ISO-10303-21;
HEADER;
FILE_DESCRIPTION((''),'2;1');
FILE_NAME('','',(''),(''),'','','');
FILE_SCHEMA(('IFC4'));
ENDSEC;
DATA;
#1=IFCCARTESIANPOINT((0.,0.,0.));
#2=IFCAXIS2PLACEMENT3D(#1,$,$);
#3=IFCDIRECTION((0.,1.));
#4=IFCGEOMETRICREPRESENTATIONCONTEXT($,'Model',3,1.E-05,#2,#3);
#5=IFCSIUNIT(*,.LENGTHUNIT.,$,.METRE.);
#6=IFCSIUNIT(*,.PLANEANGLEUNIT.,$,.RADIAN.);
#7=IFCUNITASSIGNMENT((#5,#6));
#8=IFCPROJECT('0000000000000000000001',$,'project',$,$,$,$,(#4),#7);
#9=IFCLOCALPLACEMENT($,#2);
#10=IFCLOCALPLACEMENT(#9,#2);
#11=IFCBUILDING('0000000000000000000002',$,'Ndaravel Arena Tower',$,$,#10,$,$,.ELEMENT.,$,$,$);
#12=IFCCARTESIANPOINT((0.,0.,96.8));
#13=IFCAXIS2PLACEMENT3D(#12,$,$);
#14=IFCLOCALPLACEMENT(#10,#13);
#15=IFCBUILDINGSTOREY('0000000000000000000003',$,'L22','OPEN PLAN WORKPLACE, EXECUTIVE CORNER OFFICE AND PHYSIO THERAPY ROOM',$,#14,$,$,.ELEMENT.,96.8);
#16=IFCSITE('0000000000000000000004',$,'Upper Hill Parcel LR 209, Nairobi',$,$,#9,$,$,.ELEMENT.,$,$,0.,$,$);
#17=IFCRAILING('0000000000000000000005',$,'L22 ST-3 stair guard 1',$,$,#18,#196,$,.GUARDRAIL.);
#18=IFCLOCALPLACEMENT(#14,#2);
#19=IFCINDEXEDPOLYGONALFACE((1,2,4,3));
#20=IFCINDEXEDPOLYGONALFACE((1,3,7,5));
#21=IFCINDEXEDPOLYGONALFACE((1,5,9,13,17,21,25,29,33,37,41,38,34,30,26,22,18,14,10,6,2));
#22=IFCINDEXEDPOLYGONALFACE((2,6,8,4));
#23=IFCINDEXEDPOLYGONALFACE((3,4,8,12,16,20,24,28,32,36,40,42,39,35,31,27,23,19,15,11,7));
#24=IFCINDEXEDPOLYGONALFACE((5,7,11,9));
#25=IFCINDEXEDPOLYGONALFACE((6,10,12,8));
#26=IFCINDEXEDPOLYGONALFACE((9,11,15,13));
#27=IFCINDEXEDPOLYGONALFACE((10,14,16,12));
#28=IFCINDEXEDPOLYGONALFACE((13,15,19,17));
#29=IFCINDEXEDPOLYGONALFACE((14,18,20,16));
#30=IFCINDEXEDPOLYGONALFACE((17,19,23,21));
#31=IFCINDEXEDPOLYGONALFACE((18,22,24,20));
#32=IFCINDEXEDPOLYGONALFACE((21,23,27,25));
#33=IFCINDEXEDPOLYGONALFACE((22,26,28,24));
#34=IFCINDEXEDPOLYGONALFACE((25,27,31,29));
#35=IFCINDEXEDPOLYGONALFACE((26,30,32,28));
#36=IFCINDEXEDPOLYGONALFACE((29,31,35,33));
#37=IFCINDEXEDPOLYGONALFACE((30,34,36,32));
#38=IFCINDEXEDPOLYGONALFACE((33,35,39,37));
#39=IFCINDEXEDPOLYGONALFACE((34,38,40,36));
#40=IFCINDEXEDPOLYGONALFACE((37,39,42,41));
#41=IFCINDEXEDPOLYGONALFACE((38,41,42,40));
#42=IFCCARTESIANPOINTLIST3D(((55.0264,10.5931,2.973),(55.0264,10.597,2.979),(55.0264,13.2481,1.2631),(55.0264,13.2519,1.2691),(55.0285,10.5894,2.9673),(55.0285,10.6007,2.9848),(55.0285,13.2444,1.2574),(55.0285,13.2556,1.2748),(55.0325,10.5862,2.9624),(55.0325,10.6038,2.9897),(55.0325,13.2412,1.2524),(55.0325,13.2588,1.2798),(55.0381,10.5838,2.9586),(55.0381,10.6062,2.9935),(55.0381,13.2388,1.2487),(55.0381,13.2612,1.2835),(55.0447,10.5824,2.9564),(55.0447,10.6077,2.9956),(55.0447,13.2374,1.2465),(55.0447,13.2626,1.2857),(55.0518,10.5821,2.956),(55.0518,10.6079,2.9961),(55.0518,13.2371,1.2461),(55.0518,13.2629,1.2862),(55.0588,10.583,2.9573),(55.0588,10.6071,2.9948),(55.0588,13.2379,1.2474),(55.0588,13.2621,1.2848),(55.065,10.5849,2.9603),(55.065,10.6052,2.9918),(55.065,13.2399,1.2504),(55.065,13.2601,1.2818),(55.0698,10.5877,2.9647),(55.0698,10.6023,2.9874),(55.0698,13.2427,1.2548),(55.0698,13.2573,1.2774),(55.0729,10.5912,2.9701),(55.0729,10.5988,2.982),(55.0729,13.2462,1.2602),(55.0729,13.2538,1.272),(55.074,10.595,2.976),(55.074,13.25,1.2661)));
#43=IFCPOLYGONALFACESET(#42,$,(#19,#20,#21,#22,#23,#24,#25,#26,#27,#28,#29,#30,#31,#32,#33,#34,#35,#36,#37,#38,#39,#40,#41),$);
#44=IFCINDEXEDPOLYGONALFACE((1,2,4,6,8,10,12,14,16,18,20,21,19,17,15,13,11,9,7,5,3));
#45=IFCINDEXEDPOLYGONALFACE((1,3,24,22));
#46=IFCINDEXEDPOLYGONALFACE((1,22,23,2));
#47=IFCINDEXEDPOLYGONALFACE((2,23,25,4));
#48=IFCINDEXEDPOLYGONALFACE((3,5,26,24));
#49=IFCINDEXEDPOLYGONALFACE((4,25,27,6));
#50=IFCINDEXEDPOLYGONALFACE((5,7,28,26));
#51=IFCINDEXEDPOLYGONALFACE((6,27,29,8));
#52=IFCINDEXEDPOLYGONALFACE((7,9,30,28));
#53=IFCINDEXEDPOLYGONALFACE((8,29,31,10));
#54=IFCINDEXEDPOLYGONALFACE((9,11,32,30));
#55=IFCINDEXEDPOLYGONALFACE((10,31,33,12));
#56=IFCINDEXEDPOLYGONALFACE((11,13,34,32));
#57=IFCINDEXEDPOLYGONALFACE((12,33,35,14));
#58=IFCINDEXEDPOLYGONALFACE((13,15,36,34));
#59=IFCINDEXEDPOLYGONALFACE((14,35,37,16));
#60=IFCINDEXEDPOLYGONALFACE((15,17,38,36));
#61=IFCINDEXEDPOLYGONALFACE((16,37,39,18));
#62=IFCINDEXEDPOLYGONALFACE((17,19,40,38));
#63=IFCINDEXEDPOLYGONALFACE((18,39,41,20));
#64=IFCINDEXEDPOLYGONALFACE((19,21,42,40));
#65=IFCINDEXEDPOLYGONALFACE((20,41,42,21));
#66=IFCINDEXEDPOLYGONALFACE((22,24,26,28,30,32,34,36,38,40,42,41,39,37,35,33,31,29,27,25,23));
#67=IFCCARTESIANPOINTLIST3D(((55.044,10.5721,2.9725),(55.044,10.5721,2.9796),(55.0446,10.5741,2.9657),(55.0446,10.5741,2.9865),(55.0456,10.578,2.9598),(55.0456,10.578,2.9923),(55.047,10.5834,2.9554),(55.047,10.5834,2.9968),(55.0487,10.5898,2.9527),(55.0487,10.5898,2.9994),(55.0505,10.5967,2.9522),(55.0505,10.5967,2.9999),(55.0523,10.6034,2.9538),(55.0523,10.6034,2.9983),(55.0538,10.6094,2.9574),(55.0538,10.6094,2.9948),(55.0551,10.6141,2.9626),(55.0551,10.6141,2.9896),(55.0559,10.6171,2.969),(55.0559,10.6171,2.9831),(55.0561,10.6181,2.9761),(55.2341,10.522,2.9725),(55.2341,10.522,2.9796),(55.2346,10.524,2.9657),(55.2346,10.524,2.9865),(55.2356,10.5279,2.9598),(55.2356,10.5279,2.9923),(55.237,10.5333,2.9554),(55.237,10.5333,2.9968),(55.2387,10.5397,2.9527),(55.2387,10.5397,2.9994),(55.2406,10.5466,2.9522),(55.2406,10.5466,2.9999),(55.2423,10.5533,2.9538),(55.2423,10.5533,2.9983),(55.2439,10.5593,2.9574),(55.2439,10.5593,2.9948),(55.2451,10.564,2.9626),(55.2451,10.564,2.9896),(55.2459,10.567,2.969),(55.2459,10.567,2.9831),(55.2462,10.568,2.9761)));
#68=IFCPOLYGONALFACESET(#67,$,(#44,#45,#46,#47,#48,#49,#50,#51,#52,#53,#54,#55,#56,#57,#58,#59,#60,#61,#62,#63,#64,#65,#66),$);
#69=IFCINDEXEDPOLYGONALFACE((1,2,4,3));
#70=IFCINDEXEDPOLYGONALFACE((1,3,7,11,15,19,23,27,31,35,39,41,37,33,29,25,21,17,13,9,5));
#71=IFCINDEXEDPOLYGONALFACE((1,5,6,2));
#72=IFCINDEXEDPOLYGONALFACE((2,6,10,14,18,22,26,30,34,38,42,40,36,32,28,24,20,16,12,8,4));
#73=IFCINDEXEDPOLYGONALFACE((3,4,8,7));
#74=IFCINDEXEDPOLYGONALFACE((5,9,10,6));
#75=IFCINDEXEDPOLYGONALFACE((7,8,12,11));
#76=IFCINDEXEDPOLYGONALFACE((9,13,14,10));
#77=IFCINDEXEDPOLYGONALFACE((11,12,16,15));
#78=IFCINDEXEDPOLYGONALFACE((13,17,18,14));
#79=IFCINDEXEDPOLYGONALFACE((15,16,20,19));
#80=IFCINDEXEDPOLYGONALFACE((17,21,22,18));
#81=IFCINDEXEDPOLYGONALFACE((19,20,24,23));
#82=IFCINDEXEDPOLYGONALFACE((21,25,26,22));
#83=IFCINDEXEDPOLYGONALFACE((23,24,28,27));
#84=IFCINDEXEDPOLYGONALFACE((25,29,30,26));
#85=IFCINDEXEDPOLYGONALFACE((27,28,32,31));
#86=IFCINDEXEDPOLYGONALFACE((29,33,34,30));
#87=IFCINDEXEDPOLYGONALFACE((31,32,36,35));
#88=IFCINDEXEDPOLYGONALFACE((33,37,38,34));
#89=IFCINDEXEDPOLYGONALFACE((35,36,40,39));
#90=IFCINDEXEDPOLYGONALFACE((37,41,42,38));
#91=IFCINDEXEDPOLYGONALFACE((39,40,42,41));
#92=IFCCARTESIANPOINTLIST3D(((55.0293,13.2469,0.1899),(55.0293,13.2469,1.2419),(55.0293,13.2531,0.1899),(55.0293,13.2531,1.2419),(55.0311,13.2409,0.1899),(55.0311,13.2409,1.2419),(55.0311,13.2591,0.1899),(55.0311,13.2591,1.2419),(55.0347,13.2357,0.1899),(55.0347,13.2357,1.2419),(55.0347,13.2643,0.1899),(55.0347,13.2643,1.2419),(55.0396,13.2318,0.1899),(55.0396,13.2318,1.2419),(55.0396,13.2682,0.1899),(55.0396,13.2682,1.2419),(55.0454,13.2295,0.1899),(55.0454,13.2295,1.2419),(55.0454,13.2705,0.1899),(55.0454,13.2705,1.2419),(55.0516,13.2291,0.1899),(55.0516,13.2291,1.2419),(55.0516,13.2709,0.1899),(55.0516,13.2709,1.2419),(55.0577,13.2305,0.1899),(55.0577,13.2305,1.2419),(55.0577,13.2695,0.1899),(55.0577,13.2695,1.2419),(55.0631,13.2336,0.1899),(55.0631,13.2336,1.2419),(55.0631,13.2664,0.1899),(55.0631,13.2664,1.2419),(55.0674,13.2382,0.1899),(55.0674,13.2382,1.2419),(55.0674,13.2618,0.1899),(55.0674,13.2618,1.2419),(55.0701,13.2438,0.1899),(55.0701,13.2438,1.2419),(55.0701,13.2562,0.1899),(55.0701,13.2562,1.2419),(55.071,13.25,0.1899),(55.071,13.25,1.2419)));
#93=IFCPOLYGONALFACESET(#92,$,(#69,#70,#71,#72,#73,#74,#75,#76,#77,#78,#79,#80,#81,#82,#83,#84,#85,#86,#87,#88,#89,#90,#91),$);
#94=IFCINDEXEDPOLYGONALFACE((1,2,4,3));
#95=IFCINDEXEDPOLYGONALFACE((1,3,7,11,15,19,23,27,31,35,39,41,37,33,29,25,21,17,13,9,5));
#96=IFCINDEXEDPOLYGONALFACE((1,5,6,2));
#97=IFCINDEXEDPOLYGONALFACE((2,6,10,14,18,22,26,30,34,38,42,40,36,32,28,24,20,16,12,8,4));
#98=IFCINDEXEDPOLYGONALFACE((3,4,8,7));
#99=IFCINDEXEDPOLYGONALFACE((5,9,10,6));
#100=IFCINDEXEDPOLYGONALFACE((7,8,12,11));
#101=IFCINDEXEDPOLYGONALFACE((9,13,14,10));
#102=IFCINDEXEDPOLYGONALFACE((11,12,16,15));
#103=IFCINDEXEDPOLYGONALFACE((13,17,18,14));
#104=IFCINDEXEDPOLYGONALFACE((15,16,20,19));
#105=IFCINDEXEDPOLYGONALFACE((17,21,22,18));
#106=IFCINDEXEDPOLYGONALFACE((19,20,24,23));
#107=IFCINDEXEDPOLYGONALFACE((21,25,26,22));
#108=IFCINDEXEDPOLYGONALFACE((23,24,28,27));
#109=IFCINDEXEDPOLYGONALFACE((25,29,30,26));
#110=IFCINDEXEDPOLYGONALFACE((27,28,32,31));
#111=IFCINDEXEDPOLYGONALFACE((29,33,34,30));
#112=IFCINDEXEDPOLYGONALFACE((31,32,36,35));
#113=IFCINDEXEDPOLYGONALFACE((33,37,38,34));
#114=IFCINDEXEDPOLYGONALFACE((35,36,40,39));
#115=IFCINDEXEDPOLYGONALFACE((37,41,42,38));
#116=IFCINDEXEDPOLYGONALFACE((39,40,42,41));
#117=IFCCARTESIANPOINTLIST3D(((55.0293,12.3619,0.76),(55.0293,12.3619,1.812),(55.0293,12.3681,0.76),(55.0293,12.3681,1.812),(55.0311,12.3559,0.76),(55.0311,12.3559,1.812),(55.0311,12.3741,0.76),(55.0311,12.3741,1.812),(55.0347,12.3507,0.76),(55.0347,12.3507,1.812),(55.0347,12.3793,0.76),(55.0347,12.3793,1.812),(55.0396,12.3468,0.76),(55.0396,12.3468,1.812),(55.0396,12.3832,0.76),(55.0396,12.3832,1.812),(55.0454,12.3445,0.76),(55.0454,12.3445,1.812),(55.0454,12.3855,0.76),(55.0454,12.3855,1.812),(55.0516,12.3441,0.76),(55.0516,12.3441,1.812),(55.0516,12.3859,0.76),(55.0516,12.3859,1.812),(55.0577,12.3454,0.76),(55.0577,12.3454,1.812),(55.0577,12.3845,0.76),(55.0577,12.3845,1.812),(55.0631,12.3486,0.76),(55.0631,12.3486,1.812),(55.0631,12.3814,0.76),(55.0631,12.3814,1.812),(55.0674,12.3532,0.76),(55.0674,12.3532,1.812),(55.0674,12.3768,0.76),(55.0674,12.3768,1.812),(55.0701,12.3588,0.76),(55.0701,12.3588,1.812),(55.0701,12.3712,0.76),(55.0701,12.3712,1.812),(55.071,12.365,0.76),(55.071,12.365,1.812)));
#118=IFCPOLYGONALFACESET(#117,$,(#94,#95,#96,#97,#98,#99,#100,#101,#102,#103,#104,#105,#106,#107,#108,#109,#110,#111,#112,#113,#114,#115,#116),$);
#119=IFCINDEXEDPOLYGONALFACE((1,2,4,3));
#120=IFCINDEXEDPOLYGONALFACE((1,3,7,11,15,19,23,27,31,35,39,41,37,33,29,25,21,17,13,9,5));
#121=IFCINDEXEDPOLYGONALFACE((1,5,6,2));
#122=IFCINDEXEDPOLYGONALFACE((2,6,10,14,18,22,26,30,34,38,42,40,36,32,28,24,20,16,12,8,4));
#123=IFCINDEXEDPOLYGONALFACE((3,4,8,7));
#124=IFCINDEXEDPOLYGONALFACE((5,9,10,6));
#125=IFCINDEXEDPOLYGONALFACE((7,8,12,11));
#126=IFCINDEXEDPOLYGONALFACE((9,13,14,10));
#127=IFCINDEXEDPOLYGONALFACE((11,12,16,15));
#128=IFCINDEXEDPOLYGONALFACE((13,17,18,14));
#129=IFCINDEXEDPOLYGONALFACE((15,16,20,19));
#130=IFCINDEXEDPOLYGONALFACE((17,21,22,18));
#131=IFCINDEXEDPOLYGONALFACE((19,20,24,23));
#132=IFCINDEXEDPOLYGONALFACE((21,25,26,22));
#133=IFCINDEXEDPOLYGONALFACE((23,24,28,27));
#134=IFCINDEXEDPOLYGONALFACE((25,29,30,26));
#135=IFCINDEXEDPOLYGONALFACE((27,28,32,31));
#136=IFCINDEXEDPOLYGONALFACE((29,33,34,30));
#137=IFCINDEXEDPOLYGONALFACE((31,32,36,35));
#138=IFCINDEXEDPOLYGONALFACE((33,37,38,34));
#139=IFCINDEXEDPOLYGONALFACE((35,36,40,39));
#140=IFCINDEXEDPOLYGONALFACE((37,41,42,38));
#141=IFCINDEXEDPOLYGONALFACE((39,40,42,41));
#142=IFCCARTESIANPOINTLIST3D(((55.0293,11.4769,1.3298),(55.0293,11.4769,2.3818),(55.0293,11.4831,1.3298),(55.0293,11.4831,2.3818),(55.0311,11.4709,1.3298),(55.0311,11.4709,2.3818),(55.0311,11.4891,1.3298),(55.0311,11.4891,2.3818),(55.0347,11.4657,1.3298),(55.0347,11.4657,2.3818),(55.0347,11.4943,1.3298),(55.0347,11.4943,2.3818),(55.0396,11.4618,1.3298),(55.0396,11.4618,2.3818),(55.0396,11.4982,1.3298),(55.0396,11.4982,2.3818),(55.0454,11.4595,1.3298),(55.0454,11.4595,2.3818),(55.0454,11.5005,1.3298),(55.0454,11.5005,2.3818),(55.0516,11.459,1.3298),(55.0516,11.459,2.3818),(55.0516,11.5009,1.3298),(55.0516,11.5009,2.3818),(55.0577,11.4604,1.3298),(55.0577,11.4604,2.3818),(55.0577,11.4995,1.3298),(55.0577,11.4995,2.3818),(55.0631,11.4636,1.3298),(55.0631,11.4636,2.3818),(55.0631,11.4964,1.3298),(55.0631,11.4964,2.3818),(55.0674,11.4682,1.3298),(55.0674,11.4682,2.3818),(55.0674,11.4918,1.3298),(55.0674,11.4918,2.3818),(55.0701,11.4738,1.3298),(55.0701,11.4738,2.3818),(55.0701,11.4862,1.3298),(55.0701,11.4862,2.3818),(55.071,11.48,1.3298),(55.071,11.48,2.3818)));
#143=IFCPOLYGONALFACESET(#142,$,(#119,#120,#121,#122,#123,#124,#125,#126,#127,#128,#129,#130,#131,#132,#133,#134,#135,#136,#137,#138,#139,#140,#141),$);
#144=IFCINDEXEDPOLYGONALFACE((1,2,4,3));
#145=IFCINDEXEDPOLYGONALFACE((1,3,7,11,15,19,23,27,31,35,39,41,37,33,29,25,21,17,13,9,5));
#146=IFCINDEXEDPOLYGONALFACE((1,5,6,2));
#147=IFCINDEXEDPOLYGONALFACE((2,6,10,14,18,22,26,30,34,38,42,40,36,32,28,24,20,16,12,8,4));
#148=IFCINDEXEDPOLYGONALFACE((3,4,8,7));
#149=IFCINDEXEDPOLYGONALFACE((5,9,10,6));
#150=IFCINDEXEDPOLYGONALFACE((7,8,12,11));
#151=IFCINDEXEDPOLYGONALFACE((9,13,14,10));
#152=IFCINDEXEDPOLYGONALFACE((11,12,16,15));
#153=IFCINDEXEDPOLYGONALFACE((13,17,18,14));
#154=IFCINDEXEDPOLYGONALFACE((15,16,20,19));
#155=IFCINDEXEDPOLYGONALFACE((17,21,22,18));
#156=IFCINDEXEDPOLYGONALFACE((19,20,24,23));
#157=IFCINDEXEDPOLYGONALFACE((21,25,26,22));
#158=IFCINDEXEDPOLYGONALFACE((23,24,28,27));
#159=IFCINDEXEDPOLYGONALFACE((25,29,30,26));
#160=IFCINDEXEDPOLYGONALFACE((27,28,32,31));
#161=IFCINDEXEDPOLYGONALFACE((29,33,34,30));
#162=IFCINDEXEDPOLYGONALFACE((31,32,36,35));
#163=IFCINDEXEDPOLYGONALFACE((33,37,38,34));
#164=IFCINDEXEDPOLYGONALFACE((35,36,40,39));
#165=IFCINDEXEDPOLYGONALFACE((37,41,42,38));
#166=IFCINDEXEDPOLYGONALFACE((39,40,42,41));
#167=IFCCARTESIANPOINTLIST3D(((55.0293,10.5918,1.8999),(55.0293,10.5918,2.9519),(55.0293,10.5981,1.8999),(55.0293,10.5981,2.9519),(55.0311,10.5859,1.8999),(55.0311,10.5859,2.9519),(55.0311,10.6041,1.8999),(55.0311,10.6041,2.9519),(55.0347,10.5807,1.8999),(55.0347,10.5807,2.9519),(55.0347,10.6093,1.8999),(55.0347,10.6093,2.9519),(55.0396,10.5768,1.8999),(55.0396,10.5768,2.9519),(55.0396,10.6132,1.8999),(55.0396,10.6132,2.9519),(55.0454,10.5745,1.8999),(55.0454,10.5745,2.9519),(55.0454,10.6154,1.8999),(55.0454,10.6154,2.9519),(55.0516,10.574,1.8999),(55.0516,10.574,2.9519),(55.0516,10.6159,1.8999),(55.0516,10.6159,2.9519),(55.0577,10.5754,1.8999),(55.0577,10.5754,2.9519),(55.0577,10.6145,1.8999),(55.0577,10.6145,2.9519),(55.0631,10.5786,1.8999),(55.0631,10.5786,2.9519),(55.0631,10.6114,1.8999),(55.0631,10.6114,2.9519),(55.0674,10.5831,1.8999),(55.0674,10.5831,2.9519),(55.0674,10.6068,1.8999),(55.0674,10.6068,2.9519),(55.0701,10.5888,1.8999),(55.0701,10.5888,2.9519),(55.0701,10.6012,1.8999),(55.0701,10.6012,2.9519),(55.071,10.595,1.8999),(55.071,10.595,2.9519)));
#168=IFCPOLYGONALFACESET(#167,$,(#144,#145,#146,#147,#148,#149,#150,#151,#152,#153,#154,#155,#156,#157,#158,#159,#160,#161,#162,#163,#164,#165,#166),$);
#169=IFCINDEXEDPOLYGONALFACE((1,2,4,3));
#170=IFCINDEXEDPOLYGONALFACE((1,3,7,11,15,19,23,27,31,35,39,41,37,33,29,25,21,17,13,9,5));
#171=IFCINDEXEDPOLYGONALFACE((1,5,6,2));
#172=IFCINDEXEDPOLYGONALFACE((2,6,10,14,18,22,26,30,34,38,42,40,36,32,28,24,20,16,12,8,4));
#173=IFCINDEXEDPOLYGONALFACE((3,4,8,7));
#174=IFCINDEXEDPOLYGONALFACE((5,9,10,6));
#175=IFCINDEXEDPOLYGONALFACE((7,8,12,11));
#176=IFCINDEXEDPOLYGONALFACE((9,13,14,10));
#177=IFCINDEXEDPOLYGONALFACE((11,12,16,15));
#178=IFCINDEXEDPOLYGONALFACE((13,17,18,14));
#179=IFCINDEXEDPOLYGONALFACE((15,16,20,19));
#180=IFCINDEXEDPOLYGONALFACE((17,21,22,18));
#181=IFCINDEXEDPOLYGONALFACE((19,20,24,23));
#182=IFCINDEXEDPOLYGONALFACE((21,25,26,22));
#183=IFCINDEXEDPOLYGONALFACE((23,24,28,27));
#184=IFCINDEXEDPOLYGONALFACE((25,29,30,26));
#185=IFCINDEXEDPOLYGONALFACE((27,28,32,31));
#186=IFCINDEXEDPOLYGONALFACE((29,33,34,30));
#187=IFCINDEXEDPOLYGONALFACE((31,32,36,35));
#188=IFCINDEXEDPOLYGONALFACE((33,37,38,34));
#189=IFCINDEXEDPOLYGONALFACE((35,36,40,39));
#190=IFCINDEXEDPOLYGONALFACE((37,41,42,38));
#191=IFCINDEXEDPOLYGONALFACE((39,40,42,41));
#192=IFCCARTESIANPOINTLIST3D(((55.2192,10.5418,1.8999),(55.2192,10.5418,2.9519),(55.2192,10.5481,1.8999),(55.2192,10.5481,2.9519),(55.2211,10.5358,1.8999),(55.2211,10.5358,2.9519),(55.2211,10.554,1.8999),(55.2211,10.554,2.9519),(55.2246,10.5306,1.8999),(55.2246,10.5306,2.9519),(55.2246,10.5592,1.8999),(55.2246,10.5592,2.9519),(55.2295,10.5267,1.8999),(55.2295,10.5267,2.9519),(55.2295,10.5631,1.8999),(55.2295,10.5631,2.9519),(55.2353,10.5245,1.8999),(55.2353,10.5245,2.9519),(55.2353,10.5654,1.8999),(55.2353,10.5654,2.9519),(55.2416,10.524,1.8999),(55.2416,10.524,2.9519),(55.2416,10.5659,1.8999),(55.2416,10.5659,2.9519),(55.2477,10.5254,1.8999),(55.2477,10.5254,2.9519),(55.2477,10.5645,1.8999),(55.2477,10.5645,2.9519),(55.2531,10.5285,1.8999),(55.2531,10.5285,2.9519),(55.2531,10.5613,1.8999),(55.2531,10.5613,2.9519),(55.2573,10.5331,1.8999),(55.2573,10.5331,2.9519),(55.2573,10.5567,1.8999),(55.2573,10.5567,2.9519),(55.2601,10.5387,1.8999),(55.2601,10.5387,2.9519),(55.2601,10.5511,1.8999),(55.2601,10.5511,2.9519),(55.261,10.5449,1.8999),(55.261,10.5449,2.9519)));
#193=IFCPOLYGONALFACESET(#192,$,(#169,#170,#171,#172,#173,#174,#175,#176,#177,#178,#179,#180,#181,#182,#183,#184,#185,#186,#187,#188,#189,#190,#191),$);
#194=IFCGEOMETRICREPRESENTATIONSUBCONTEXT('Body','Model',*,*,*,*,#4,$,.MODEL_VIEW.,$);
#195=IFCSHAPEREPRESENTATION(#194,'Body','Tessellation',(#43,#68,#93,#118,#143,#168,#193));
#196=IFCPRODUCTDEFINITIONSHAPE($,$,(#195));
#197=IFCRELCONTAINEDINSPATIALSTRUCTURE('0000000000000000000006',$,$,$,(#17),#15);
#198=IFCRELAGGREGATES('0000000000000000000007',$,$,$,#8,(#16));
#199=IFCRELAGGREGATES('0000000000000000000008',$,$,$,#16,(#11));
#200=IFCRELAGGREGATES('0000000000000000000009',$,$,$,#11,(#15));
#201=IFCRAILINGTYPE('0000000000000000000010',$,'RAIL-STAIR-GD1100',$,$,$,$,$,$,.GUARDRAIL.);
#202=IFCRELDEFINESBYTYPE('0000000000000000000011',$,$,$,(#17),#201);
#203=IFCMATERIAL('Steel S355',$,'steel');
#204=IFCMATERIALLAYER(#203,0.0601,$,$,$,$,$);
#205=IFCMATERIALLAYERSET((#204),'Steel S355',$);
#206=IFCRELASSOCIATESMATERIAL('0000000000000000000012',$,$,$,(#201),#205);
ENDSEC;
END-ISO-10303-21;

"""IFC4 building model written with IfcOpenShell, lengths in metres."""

from ifc_helpers import new_model, si_unit, direction, frame, origin, origin_2d, place, context, subcontext, project, spatial, circle, extrude, material, layer, layer_set, type_object, element, save


model = new_model("IFC4")

# Units and contexts
model_context = context("Model", 3, precision=1e-05, world=origin(), true_north=direction((0.0, 1.0)))
body_context = subcontext(model_context, "Body", "Model", "MODEL_VIEW")
ifc_project = project(units=[si_unit("LENGTHUNIT", "METRE"), si_unit("PLANEANGLEUNIT", "RADIAN")], contexts=[model_context])

# Site, building, storey
site_placement = place(None, origin())
site = spatial("IfcSite", under=ifc_project, at=site_placement, Name="Upper Hill Parcel LR 209, Nairobi", CompositionType="ELEMENT", RefElevation=0.0)
building_placement = place(site_placement, origin())
building = spatial("IfcBuilding", under=site, at=building_placement, Name="Ndaravel Arena Tower", CompositionType="ELEMENT")
storey_placement = place(building_placement, frame((0.0, 0.0, 96.8)))
storey = spatial("IfcBuildingStorey", under=building, at=storey_placement, Name="L22", Description="OPEN PLAN WORKPLACE, EXECUTIVE CORNER OFFICE AND PHYSIO THERAPY ROOM", CompositionType="ELEMENT", Elevation=96.8)

# Railing
ifc_material_1 = material(Name="Steel S355", Category="steel")
ifc_layer_1 = layer(ifc_material_1, 0.0601)
ifc_layer_set_1 = layer_set([ifc_layer_1], Name="Steel S355")
railing_type_1 = type_object("IfcRailingType", Name="RAIL-STAIR-GD1100", PredefinedType="GUARDRAIL", material=ifc_layer_set_1)
railing_1_placement = place(storey_placement, frame((55.05, 13.25, 0.1899)))
element("IfcRailing", 1, at=railing_1_placement, inside=storey, type_object=railing_type_1, Name="L22 ST-3 stair guard 1", PredefinedType="GUARDRAIL", context=body_context, shape_type="SweptSolid", body=[
    extrude(circle(Radius=0.0239, at=origin_2d()), frame((0.0, 0.0, 1.0762), z_axis=(0.0, -0.840724, 0.541465), x_axis=(1.0, 0.0, 0.0)), (0.0, 0.0, 1.0), 3.158),
    extrude(circle(Radius=0.0239, at=origin_2d()), frame((0.0, -2.655, 2.7861), z_axis=(0.966994, -0.254799, 0.0), x_axis=(0.254799, 0.966994, 0.0)), (0.0, 0.0, 1.0), 0.1965),
    extrude(circle(Radius=0.021, at=origin_2d()), origin(), (0.0, 0.0, 1.0), 1.052),
    extrude(circle(Radius=0.021, at=origin_2d()), frame((0.0, -0.885, 0.5701)), (0.0, 0.0, 1.0), 1.052),
    extrude(circle(Radius=0.021, at=origin_2d()), frame((0.0, -1.77, 1.1399)), (0.0, 0.0, 1.0), 1.052),
    extrude(circle(Radius=0.021, at=origin_2d()), frame((0.0, -2.655, 1.71)), (0.0, 0.0, 1.0), 1.052),
    extrude(circle(Radius=0.021, at=origin_2d()), frame((0.1899, -2.7051, 1.71)), (0.0, 0.0, 1.0), 1.052),
])

save(model, "model.ifc")
